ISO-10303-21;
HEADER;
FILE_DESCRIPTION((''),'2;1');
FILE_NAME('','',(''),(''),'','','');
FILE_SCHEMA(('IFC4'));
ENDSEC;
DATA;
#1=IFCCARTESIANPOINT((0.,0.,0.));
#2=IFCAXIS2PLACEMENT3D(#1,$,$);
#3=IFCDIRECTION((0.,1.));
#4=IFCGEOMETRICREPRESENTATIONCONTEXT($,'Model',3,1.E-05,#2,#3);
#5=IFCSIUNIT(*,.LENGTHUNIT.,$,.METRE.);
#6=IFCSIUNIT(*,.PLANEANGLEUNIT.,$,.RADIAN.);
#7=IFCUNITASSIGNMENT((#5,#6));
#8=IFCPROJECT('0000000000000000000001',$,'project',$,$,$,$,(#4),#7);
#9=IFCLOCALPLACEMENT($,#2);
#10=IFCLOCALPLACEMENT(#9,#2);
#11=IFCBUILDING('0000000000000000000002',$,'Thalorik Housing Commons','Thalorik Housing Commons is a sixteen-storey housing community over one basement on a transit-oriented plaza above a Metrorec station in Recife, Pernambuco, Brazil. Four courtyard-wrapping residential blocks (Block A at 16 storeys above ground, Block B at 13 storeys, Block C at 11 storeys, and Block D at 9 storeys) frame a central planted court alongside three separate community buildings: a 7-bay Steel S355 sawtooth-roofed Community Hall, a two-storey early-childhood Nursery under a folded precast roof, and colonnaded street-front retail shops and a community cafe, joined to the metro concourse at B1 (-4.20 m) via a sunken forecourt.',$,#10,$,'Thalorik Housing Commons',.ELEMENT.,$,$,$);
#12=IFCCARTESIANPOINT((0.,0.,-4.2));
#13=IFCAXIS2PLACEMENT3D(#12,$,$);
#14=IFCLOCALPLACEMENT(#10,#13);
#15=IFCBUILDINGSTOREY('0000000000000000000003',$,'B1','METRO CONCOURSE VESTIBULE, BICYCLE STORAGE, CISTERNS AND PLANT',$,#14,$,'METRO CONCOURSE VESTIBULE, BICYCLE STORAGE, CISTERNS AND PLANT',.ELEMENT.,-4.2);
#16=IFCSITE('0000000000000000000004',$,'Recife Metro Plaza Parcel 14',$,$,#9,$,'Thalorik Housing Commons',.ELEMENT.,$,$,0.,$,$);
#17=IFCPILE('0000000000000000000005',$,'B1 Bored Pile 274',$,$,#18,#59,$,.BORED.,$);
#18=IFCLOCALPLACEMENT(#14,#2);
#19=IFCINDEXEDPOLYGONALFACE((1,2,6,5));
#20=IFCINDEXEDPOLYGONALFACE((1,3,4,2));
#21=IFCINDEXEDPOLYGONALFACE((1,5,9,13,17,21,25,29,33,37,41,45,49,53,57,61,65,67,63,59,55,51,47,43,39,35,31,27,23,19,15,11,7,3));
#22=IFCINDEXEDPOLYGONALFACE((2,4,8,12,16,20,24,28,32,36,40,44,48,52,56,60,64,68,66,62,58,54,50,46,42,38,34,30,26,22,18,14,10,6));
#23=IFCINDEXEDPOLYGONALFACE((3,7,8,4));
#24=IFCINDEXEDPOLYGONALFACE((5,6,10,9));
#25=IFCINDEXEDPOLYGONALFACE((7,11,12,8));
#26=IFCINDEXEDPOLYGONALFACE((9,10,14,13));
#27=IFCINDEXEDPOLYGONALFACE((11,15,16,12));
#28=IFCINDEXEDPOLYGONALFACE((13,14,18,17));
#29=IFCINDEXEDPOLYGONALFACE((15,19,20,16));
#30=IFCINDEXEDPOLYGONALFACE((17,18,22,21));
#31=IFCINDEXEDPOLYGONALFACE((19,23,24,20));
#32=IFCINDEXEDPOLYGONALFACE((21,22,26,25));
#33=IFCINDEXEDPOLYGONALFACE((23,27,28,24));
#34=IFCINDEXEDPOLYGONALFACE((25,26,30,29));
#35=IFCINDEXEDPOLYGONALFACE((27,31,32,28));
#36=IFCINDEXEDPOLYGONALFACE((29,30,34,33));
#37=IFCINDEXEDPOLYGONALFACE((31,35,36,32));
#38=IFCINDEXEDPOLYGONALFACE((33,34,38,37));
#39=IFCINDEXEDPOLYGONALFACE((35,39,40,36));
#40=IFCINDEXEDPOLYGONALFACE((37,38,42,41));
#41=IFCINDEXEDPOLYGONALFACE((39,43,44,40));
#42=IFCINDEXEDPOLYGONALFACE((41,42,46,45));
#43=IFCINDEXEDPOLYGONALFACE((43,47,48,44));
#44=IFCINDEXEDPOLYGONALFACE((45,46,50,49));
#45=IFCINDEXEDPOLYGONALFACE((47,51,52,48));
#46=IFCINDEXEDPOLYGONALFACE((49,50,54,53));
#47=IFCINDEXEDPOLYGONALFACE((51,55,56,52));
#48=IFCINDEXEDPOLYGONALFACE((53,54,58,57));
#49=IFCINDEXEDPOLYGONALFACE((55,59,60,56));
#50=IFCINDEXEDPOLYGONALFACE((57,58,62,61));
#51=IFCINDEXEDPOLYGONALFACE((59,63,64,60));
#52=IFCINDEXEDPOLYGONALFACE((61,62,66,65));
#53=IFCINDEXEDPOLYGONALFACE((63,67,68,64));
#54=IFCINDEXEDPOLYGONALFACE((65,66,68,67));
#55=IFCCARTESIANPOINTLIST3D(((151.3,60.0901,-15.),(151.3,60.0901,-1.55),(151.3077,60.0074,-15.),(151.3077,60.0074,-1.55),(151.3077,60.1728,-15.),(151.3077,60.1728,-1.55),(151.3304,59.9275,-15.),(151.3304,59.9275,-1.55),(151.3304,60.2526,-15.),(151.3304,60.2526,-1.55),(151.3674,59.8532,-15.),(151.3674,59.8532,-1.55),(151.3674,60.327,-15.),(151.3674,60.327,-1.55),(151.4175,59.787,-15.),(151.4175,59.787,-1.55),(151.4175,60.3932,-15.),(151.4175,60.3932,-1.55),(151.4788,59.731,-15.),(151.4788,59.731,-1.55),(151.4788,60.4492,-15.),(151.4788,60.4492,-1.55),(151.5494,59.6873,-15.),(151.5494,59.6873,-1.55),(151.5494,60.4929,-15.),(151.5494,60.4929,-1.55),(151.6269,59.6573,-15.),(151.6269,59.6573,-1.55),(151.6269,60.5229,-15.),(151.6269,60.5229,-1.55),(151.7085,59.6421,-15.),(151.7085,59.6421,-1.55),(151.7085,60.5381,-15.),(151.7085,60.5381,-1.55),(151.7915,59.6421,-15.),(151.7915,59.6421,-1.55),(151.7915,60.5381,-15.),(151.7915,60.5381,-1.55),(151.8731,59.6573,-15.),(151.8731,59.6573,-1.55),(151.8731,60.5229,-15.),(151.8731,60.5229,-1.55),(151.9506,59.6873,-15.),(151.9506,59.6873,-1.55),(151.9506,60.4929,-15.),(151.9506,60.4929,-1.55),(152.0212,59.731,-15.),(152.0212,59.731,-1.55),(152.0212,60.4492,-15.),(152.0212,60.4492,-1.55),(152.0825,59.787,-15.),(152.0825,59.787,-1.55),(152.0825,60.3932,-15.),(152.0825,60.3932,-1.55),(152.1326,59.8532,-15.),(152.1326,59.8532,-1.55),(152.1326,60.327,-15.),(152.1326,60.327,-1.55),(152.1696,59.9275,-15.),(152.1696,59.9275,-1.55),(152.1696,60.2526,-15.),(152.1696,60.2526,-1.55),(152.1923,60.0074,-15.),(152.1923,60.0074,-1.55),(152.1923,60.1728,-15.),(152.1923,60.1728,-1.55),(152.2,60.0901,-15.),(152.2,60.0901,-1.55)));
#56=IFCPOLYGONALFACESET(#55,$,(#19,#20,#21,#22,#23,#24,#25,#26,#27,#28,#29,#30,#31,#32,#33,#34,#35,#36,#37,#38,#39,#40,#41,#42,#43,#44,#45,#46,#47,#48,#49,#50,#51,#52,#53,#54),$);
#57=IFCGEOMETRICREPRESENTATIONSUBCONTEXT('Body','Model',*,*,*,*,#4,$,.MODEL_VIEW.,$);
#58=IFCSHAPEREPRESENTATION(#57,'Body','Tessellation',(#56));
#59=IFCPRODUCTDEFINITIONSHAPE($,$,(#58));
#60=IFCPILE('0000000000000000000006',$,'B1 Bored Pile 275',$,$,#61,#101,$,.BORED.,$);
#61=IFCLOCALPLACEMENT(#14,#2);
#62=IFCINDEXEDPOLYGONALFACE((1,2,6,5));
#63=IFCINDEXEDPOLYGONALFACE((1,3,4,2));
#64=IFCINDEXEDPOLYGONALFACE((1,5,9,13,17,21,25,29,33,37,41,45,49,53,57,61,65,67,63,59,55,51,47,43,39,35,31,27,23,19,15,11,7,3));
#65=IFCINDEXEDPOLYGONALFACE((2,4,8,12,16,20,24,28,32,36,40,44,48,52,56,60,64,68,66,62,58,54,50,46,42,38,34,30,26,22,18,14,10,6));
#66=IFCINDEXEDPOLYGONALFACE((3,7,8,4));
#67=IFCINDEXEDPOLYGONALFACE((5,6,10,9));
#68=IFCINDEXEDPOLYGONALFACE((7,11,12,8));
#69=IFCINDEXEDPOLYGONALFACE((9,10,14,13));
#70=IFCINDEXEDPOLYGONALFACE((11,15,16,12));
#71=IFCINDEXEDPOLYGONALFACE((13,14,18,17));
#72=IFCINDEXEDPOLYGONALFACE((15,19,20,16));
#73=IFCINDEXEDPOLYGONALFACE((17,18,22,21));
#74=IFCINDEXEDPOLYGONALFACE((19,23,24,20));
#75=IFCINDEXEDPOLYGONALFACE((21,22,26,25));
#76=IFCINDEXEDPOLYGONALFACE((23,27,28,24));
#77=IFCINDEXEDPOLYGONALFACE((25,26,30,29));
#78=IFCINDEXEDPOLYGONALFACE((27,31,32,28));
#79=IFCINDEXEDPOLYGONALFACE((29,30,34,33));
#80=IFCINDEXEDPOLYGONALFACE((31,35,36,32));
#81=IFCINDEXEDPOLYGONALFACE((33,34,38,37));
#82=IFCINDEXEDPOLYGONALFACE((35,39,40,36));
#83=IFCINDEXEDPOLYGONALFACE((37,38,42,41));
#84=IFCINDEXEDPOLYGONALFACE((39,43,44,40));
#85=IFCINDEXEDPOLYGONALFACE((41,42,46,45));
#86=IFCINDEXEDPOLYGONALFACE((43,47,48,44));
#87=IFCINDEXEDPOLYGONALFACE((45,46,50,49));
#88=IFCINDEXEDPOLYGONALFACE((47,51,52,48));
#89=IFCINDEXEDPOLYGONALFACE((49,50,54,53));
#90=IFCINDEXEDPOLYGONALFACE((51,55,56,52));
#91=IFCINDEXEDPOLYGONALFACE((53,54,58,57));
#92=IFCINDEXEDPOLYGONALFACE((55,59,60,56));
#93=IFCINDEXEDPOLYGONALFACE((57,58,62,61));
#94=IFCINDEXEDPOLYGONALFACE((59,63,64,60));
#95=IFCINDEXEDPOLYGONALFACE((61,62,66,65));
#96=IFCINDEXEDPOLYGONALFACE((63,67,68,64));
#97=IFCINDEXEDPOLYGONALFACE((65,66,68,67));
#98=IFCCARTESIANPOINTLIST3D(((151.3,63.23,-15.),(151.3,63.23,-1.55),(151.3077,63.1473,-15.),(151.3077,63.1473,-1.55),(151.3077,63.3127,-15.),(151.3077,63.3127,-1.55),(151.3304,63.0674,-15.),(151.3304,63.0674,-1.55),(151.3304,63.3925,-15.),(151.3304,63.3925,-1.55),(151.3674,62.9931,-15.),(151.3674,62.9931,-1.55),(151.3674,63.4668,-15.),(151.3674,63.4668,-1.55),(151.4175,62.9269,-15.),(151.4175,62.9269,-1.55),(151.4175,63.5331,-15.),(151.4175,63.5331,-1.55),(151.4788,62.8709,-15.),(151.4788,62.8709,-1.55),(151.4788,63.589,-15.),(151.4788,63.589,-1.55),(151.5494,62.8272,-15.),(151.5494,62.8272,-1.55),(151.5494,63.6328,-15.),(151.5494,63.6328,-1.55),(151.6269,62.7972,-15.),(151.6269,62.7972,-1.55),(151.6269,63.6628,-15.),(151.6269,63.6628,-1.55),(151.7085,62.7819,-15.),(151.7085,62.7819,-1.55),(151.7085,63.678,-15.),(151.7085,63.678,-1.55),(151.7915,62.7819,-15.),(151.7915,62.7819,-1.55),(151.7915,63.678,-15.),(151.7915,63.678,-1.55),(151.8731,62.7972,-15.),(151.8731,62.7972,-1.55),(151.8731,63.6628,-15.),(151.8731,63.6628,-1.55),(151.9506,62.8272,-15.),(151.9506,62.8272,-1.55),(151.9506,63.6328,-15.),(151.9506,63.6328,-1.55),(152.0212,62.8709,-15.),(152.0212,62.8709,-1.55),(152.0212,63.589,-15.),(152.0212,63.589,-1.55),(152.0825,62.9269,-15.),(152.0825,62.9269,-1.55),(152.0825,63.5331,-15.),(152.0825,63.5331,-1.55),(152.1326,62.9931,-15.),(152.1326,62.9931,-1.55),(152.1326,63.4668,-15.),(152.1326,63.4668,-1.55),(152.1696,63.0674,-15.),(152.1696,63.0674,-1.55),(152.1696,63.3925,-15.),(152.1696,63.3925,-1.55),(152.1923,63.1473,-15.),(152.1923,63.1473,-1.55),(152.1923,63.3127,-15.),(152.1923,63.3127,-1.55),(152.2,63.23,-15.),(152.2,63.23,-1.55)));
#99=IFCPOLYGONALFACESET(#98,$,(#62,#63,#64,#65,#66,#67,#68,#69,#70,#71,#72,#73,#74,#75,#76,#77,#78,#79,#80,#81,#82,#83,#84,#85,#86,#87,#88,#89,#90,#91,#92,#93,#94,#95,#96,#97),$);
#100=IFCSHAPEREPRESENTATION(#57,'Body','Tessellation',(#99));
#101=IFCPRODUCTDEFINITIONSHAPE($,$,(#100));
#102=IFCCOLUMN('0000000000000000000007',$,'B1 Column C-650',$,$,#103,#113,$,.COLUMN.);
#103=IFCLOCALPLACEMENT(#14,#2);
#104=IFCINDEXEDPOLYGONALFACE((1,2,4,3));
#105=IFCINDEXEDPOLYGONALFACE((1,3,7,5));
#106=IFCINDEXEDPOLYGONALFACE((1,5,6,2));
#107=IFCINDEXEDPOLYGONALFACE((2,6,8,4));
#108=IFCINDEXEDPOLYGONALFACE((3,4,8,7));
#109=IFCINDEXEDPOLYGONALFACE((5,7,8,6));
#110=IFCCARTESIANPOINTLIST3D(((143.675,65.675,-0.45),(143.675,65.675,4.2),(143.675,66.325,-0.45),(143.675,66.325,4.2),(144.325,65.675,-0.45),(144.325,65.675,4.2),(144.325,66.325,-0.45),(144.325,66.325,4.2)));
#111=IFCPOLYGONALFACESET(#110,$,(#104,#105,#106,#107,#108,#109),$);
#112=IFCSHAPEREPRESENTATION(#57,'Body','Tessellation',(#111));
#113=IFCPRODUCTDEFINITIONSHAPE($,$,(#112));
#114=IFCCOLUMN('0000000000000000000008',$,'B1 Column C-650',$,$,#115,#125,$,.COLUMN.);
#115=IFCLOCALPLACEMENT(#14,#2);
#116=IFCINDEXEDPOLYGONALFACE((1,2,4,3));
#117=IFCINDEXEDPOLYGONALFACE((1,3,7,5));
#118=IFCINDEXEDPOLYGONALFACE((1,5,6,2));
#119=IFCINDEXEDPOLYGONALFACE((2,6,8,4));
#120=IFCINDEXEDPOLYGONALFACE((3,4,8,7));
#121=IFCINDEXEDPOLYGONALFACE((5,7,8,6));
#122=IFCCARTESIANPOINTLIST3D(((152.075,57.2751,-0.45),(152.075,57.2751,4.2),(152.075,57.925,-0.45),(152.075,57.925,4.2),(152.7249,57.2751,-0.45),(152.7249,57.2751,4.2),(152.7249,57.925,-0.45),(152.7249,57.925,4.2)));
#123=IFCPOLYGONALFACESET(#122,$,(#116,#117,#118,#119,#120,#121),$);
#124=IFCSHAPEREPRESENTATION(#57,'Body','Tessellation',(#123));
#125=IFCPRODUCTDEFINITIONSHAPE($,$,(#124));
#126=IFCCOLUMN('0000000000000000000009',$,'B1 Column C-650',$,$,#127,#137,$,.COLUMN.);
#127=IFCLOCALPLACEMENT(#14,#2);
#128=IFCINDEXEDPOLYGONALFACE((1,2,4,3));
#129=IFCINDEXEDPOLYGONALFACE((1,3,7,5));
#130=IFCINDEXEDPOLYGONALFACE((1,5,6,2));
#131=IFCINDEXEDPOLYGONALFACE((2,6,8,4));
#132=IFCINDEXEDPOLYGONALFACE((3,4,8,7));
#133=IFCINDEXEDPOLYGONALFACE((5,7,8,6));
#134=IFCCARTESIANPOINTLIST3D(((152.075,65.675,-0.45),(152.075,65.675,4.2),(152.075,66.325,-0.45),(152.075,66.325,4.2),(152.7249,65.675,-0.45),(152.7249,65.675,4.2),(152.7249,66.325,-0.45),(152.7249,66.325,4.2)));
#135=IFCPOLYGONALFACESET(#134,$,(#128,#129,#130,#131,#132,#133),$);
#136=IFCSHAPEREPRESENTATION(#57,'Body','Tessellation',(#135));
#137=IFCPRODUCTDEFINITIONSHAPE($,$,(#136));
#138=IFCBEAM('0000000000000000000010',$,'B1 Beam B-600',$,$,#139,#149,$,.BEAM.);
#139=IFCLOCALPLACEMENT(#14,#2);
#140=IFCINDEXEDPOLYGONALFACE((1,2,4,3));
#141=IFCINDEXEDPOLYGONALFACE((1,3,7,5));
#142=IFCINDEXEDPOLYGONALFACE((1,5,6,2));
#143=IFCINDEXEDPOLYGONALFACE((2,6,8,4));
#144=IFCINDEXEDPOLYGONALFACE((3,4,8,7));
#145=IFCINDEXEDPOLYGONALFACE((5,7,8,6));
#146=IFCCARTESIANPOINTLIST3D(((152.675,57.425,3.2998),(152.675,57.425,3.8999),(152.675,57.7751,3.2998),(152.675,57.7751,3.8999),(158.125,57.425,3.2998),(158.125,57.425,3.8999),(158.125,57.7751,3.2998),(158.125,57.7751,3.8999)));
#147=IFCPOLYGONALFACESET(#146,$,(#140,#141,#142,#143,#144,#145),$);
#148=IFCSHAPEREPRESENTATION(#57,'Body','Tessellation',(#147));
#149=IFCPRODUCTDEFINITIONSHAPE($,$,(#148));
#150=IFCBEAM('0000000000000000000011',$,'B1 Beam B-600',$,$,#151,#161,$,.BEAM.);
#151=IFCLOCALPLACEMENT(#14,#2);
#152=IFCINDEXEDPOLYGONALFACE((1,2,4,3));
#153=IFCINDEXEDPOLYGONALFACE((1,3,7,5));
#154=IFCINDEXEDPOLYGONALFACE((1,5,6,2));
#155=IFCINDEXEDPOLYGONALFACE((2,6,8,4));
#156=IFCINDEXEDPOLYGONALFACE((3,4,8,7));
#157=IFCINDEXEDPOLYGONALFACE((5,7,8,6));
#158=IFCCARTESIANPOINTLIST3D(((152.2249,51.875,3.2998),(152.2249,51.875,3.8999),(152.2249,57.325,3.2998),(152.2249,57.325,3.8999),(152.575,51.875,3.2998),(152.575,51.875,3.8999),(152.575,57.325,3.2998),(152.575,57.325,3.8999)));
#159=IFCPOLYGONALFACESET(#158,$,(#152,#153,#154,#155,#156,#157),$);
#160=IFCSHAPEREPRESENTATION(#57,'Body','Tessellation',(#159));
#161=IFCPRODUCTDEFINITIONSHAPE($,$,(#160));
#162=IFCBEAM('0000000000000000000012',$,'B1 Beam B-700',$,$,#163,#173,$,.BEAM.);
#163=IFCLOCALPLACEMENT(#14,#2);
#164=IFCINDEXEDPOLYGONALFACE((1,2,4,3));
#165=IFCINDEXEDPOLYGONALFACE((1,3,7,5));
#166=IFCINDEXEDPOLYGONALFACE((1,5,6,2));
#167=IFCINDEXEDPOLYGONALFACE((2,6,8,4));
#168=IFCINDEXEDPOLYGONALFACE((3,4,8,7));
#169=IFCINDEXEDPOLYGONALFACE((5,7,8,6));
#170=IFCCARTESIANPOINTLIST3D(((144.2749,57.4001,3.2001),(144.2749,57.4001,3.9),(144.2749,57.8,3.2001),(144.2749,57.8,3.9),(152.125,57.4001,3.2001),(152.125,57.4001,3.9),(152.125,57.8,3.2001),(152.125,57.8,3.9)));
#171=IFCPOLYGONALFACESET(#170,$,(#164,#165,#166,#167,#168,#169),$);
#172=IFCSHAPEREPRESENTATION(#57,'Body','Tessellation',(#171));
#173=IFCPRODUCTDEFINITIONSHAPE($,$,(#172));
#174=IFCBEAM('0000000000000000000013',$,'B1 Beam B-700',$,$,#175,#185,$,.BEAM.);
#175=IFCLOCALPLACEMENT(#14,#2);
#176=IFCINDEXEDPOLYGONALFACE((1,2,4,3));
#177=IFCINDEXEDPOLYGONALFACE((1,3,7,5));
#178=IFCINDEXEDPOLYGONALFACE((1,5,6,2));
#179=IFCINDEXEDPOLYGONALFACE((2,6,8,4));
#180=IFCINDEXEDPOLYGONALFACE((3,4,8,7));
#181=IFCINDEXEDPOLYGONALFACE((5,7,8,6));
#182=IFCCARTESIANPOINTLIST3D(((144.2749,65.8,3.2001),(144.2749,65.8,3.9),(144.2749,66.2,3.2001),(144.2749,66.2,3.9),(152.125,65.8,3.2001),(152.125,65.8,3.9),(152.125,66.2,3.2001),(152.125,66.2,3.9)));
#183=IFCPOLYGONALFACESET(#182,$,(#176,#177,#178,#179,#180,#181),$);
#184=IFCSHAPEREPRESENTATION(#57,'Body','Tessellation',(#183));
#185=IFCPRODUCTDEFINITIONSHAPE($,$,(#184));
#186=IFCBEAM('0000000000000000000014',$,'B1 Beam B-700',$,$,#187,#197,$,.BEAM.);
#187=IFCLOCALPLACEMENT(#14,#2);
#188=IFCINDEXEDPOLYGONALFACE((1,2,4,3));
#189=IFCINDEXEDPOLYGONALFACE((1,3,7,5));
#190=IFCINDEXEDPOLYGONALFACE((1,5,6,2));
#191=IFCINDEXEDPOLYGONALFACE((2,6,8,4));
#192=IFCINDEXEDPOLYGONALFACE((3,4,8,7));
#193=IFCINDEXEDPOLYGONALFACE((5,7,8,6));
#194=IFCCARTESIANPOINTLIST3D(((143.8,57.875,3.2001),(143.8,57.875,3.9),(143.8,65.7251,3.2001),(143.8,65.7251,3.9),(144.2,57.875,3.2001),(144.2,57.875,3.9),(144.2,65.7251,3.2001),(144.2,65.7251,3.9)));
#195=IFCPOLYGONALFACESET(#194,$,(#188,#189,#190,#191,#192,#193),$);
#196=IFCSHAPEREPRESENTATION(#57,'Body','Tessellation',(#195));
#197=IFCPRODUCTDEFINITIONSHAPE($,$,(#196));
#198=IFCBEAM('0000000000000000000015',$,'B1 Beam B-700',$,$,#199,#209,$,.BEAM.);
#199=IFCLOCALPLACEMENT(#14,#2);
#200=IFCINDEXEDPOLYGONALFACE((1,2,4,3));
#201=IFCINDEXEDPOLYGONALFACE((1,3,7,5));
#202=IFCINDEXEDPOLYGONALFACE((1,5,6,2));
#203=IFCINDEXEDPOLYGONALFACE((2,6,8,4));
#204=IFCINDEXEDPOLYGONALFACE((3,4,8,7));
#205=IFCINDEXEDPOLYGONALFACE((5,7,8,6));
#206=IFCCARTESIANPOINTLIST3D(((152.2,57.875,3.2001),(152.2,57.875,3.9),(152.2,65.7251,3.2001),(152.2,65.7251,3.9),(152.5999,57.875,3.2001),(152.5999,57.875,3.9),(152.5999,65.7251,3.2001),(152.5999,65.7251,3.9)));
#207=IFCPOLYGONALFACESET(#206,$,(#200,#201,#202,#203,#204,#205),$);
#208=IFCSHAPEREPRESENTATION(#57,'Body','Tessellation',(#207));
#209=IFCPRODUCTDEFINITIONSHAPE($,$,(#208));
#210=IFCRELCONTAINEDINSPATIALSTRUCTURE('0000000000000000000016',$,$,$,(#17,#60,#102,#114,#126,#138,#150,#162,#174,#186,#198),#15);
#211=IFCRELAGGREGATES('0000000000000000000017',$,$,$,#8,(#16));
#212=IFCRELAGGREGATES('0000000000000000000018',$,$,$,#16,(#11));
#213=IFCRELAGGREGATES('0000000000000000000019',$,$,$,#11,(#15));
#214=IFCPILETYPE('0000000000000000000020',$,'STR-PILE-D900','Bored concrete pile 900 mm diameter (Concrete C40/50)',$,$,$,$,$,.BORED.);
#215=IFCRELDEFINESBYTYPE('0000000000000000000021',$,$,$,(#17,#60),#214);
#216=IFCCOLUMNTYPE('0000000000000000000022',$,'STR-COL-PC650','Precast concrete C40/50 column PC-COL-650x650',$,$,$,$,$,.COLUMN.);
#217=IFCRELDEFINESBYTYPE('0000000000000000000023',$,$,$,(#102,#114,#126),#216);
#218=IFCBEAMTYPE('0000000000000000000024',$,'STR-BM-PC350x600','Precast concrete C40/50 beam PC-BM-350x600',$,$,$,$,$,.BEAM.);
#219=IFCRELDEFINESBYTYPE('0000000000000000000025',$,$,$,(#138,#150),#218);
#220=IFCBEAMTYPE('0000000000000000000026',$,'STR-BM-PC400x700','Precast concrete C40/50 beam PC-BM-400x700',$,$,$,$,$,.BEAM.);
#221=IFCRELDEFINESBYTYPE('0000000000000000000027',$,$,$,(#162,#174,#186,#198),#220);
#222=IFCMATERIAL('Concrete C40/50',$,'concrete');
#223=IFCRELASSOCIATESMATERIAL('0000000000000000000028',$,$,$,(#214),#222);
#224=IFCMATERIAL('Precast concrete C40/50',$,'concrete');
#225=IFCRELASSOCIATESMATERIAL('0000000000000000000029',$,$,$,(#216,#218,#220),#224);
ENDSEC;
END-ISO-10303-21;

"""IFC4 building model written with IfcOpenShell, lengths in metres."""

from ifc_helpers import new_model, si_unit, direction, frame, origin, origin_2d, place, context, subcontext, project, spatial, rectangle, circle, extrude, material, material_profile, profile_set, type_object, element, save


model = new_model("IFC4")

# Units and contexts
model_context = context("Model", 3, precision=1e-05, world=origin(), true_north=direction((0.0, 1.0)))
body_context = subcontext(model_context, "Body", "Model", "MODEL_VIEW")
ifc_project = project(units=[si_unit("LENGTHUNIT", "METRE"), si_unit("PLANEANGLEUNIT", "RADIAN")], contexts=[model_context])

# Site, building, storey
site_placement = place(None, origin())
site = spatial("IfcSite", under=ifc_project, at=site_placement, Name="Recife Metro Plaza Parcel 14", LongName="Thalorik Housing Commons", CompositionType="ELEMENT", RefElevation=0.0)
building_placement = place(site_placement, origin())
building = spatial("IfcBuilding", under=site, at=building_placement, Name="Thalorik Housing Commons", Description="Thalorik Housing Commons is a sixteen-storey housing community over one basement on a transit-oriented plaza above a Metrorec station in Recife, Pernambuco, Brazil. Four courtyard-wrapping residential blocks (Block A at 16 storeys above ground, Block B at 13 storeys, Block C at 11 storeys, and Block D at 9 storeys) frame a central planted court alongside three separate community buildings: a 7-bay Steel S355 sawtooth-roofed Community Hall, a two-storey early-childhood Nursery under a folded precast roof, and colonnaded street-front retail shops and a community cafe, joined to the metro concourse at B1 (-4.20 m) via a sunken forecourt.", LongName="Thalorik Housing Commons", CompositionType="ELEMENT")
storey_placement = place(building_placement, frame((0.0, 0.0, -4.2)))
storey = spatial("IfcBuildingStorey", under=building, at=storey_placement, Name="B1", Description="METRO CONCOURSE VESTIBULE, BICYCLE STORAGE, CISTERNS AND PLANT", LongName="METRO CONCOURSE VESTIBULE, BICYCLE STORAGE, CISTERNS AND PLANT", CompositionType="ELEMENT", Elevation=-4.2)

# Shared definitions
ifc_material_1 = material(Name="Concrete C40/50", Category="concrete")

# Piles
ifc_material_profile_1 = material_profile(ifc_material_1, circle(Radius=0.45, at=origin_2d()), Name="BORED PILE D900", Category="concrete")
ifc_profile_set_1 = profile_set([ifc_material_profile_1], Name="Concrete C40/50")
pile_type_1 = type_object("IfcPileType", Name="STR-PILE-D900", Description="Bored concrete pile 900 mm diameter (Concrete C40/50)", PredefinedType="BORED", material=ifc_profile_set_1)
for number, where, z_axis, x_axis, name in (
    (1, (151.75, 60.0901, -1.55), (0.0, 0.0, -1.0), (1.0, 0.0, 0.0), "B1 Bored Pile 274"),
    (2, (151.75, 63.23, -1.55), (0.0, 0.0, -1.0), (1.0, 0.0, 0.0), "B1 Bored Pile 275"),
):
    element("IfcPile", number, at=place(storey_placement, frame(where, z_axis=z_axis, x_axis=x_axis)), inside=storey, type_object=pile_type_1, Name=name, PredefinedType="BORED", context=body_context, shape_type="SweptSolid", body=[
        extrude(circle(Radius=0.45, at=origin_2d()), origin(), (0.0, 0.0, 1.0), 13.45),
    ])

# Columns
ifc_material_2 = material(Name="Precast concrete C40/50", Category="concrete")
ifc_material_profile_2 = material_profile(ifc_material_2, rectangle(XDim=0.6499, YDim=0.6499, at=origin_2d()), Name="PC 650x650", Category="concrete")
ifc_profile_set_2 = profile_set([ifc_material_profile_2], Name="Precast concrete C40/50")
column_type = type_object("IfcColumnType", Name="STR-COL-PC650", Description="Precast concrete C40/50 column PC-COL-650x650", PredefinedType="COLUMN", material=ifc_profile_set_2)
for number, where, z_axis, x_axis, name in (
    (3, (144.0, 66.0, -0.45), (0.0, 0.0, 1.0), (1.0, 0.0, 0.0), "B1 Column C-650"),
    (4, (152.3999, 57.6001, -0.45), (0.0, 0.0, 1.0), (1.0, 0.0, 0.0), "B1 Column C-650"),
    (5, (152.3999, 66.0, -0.45), (0.0, 0.0, 1.0), (1.0, 0.0, 0.0), "B1 Column C-650"),
):
    element("IfcColumn", number, at=place(storey_placement, frame(where, z_axis=z_axis, x_axis=x_axis)), inside=storey, type_object=column_type, Name=name, PredefinedType="COLUMN", context=body_context, shape_type="SweptSolid", body=[
        extrude(rectangle(XDim=0.6499, YDim=0.6499, at=origin_2d()), origin(), (0.0, 0.0, 1.0), 4.6499),
    ])

# Beams
ifc_material_profile_3 = material_profile(ifc_material_2, rectangle(XDim=0.3501, YDim=0.6001, at=origin_2d()), Name="PC 350x600", Category="concrete")
ifc_profile_set_3 = profile_set([ifc_material_profile_3], Name="Precast concrete C40/50")
beam_type_1 = type_object("IfcBeamType", Name="STR-BM-PC350x600", Description="Precast concrete C40/50 beam PC-BM-350x600", PredefinedType="BEAM", material=ifc_profile_set_3)
for number, where, z_axis, x_axis, name in (
    (6, (152.675, 57.6001, 3.5999), (1.0, 0.0, 0.0), (0.0, 1.0, 0.0), "B1 Beam B-600"),
    (7, (152.3999, 51.875, 3.5999), (0.0, 1.0, 0.0), (-1.0, 0.0, 0.0), "B1 Beam B-600"),
):
    element("IfcBeam", number, at=place(storey_placement, frame(where, z_axis=z_axis, x_axis=x_axis)), inside=storey, type_object=beam_type_1, Name=name, PredefinedType="BEAM", context=body_context, shape_type="SweptSolid", body=[
        extrude(rectangle(XDim=0.3501, YDim=0.6001, at=origin_2d()), origin(), (0.0, 0.0, 1.0), 5.45),
    ])
ifc_material_profile_4 = material_profile(ifc_material_2, rectangle(XDim=0.3999, YDim=0.7, at=origin_2d()), Name="PC 400x700", Category="concrete")
ifc_profile_set_4 = profile_set([ifc_material_profile_4], Name="Precast concrete C40/50")
beam_type_2 = type_object("IfcBeamType", Name="STR-BM-PC400x700", Description="Precast concrete C40/50 beam PC-BM-400x700", PredefinedType="BEAM", material=ifc_profile_set_4)
for number, where, z_axis, x_axis, name in (
    (8, (144.2749, 57.6001, 3.55), (1.0, 0.0, 0.0), (0.0, 1.0, 0.0), "B1 Beam B-700"),
    (9, (144.2749, 66.0, 3.55), (1.0, 0.0, 0.0), (0.0, 1.0, 0.0), "B1 Beam B-700"),
    (10, (144.0, 57.875, 3.55), (0.0, 1.0, 0.0), (-1.0, 0.0, 0.0), "B1 Beam B-700"),
    (11, (152.3999, 57.875, 3.55), (0.0, 1.0, 0.0), (-1.0, 0.0, 0.0), "B1 Beam B-700"),
):
    element("IfcBeam", number, at=place(storey_placement, frame(where, z_axis=z_axis, x_axis=x_axis)), inside=storey, type_object=beam_type_2, Name=name, PredefinedType="BEAM", context=body_context, shape_type="SweptSolid", body=[
        extrude(rectangle(XDim=0.3999, YDim=0.7, at=origin_2d()), origin(), (0.0, 0.0, 1.0), 7.8501),
    ])

save(model, "model.ifc")
